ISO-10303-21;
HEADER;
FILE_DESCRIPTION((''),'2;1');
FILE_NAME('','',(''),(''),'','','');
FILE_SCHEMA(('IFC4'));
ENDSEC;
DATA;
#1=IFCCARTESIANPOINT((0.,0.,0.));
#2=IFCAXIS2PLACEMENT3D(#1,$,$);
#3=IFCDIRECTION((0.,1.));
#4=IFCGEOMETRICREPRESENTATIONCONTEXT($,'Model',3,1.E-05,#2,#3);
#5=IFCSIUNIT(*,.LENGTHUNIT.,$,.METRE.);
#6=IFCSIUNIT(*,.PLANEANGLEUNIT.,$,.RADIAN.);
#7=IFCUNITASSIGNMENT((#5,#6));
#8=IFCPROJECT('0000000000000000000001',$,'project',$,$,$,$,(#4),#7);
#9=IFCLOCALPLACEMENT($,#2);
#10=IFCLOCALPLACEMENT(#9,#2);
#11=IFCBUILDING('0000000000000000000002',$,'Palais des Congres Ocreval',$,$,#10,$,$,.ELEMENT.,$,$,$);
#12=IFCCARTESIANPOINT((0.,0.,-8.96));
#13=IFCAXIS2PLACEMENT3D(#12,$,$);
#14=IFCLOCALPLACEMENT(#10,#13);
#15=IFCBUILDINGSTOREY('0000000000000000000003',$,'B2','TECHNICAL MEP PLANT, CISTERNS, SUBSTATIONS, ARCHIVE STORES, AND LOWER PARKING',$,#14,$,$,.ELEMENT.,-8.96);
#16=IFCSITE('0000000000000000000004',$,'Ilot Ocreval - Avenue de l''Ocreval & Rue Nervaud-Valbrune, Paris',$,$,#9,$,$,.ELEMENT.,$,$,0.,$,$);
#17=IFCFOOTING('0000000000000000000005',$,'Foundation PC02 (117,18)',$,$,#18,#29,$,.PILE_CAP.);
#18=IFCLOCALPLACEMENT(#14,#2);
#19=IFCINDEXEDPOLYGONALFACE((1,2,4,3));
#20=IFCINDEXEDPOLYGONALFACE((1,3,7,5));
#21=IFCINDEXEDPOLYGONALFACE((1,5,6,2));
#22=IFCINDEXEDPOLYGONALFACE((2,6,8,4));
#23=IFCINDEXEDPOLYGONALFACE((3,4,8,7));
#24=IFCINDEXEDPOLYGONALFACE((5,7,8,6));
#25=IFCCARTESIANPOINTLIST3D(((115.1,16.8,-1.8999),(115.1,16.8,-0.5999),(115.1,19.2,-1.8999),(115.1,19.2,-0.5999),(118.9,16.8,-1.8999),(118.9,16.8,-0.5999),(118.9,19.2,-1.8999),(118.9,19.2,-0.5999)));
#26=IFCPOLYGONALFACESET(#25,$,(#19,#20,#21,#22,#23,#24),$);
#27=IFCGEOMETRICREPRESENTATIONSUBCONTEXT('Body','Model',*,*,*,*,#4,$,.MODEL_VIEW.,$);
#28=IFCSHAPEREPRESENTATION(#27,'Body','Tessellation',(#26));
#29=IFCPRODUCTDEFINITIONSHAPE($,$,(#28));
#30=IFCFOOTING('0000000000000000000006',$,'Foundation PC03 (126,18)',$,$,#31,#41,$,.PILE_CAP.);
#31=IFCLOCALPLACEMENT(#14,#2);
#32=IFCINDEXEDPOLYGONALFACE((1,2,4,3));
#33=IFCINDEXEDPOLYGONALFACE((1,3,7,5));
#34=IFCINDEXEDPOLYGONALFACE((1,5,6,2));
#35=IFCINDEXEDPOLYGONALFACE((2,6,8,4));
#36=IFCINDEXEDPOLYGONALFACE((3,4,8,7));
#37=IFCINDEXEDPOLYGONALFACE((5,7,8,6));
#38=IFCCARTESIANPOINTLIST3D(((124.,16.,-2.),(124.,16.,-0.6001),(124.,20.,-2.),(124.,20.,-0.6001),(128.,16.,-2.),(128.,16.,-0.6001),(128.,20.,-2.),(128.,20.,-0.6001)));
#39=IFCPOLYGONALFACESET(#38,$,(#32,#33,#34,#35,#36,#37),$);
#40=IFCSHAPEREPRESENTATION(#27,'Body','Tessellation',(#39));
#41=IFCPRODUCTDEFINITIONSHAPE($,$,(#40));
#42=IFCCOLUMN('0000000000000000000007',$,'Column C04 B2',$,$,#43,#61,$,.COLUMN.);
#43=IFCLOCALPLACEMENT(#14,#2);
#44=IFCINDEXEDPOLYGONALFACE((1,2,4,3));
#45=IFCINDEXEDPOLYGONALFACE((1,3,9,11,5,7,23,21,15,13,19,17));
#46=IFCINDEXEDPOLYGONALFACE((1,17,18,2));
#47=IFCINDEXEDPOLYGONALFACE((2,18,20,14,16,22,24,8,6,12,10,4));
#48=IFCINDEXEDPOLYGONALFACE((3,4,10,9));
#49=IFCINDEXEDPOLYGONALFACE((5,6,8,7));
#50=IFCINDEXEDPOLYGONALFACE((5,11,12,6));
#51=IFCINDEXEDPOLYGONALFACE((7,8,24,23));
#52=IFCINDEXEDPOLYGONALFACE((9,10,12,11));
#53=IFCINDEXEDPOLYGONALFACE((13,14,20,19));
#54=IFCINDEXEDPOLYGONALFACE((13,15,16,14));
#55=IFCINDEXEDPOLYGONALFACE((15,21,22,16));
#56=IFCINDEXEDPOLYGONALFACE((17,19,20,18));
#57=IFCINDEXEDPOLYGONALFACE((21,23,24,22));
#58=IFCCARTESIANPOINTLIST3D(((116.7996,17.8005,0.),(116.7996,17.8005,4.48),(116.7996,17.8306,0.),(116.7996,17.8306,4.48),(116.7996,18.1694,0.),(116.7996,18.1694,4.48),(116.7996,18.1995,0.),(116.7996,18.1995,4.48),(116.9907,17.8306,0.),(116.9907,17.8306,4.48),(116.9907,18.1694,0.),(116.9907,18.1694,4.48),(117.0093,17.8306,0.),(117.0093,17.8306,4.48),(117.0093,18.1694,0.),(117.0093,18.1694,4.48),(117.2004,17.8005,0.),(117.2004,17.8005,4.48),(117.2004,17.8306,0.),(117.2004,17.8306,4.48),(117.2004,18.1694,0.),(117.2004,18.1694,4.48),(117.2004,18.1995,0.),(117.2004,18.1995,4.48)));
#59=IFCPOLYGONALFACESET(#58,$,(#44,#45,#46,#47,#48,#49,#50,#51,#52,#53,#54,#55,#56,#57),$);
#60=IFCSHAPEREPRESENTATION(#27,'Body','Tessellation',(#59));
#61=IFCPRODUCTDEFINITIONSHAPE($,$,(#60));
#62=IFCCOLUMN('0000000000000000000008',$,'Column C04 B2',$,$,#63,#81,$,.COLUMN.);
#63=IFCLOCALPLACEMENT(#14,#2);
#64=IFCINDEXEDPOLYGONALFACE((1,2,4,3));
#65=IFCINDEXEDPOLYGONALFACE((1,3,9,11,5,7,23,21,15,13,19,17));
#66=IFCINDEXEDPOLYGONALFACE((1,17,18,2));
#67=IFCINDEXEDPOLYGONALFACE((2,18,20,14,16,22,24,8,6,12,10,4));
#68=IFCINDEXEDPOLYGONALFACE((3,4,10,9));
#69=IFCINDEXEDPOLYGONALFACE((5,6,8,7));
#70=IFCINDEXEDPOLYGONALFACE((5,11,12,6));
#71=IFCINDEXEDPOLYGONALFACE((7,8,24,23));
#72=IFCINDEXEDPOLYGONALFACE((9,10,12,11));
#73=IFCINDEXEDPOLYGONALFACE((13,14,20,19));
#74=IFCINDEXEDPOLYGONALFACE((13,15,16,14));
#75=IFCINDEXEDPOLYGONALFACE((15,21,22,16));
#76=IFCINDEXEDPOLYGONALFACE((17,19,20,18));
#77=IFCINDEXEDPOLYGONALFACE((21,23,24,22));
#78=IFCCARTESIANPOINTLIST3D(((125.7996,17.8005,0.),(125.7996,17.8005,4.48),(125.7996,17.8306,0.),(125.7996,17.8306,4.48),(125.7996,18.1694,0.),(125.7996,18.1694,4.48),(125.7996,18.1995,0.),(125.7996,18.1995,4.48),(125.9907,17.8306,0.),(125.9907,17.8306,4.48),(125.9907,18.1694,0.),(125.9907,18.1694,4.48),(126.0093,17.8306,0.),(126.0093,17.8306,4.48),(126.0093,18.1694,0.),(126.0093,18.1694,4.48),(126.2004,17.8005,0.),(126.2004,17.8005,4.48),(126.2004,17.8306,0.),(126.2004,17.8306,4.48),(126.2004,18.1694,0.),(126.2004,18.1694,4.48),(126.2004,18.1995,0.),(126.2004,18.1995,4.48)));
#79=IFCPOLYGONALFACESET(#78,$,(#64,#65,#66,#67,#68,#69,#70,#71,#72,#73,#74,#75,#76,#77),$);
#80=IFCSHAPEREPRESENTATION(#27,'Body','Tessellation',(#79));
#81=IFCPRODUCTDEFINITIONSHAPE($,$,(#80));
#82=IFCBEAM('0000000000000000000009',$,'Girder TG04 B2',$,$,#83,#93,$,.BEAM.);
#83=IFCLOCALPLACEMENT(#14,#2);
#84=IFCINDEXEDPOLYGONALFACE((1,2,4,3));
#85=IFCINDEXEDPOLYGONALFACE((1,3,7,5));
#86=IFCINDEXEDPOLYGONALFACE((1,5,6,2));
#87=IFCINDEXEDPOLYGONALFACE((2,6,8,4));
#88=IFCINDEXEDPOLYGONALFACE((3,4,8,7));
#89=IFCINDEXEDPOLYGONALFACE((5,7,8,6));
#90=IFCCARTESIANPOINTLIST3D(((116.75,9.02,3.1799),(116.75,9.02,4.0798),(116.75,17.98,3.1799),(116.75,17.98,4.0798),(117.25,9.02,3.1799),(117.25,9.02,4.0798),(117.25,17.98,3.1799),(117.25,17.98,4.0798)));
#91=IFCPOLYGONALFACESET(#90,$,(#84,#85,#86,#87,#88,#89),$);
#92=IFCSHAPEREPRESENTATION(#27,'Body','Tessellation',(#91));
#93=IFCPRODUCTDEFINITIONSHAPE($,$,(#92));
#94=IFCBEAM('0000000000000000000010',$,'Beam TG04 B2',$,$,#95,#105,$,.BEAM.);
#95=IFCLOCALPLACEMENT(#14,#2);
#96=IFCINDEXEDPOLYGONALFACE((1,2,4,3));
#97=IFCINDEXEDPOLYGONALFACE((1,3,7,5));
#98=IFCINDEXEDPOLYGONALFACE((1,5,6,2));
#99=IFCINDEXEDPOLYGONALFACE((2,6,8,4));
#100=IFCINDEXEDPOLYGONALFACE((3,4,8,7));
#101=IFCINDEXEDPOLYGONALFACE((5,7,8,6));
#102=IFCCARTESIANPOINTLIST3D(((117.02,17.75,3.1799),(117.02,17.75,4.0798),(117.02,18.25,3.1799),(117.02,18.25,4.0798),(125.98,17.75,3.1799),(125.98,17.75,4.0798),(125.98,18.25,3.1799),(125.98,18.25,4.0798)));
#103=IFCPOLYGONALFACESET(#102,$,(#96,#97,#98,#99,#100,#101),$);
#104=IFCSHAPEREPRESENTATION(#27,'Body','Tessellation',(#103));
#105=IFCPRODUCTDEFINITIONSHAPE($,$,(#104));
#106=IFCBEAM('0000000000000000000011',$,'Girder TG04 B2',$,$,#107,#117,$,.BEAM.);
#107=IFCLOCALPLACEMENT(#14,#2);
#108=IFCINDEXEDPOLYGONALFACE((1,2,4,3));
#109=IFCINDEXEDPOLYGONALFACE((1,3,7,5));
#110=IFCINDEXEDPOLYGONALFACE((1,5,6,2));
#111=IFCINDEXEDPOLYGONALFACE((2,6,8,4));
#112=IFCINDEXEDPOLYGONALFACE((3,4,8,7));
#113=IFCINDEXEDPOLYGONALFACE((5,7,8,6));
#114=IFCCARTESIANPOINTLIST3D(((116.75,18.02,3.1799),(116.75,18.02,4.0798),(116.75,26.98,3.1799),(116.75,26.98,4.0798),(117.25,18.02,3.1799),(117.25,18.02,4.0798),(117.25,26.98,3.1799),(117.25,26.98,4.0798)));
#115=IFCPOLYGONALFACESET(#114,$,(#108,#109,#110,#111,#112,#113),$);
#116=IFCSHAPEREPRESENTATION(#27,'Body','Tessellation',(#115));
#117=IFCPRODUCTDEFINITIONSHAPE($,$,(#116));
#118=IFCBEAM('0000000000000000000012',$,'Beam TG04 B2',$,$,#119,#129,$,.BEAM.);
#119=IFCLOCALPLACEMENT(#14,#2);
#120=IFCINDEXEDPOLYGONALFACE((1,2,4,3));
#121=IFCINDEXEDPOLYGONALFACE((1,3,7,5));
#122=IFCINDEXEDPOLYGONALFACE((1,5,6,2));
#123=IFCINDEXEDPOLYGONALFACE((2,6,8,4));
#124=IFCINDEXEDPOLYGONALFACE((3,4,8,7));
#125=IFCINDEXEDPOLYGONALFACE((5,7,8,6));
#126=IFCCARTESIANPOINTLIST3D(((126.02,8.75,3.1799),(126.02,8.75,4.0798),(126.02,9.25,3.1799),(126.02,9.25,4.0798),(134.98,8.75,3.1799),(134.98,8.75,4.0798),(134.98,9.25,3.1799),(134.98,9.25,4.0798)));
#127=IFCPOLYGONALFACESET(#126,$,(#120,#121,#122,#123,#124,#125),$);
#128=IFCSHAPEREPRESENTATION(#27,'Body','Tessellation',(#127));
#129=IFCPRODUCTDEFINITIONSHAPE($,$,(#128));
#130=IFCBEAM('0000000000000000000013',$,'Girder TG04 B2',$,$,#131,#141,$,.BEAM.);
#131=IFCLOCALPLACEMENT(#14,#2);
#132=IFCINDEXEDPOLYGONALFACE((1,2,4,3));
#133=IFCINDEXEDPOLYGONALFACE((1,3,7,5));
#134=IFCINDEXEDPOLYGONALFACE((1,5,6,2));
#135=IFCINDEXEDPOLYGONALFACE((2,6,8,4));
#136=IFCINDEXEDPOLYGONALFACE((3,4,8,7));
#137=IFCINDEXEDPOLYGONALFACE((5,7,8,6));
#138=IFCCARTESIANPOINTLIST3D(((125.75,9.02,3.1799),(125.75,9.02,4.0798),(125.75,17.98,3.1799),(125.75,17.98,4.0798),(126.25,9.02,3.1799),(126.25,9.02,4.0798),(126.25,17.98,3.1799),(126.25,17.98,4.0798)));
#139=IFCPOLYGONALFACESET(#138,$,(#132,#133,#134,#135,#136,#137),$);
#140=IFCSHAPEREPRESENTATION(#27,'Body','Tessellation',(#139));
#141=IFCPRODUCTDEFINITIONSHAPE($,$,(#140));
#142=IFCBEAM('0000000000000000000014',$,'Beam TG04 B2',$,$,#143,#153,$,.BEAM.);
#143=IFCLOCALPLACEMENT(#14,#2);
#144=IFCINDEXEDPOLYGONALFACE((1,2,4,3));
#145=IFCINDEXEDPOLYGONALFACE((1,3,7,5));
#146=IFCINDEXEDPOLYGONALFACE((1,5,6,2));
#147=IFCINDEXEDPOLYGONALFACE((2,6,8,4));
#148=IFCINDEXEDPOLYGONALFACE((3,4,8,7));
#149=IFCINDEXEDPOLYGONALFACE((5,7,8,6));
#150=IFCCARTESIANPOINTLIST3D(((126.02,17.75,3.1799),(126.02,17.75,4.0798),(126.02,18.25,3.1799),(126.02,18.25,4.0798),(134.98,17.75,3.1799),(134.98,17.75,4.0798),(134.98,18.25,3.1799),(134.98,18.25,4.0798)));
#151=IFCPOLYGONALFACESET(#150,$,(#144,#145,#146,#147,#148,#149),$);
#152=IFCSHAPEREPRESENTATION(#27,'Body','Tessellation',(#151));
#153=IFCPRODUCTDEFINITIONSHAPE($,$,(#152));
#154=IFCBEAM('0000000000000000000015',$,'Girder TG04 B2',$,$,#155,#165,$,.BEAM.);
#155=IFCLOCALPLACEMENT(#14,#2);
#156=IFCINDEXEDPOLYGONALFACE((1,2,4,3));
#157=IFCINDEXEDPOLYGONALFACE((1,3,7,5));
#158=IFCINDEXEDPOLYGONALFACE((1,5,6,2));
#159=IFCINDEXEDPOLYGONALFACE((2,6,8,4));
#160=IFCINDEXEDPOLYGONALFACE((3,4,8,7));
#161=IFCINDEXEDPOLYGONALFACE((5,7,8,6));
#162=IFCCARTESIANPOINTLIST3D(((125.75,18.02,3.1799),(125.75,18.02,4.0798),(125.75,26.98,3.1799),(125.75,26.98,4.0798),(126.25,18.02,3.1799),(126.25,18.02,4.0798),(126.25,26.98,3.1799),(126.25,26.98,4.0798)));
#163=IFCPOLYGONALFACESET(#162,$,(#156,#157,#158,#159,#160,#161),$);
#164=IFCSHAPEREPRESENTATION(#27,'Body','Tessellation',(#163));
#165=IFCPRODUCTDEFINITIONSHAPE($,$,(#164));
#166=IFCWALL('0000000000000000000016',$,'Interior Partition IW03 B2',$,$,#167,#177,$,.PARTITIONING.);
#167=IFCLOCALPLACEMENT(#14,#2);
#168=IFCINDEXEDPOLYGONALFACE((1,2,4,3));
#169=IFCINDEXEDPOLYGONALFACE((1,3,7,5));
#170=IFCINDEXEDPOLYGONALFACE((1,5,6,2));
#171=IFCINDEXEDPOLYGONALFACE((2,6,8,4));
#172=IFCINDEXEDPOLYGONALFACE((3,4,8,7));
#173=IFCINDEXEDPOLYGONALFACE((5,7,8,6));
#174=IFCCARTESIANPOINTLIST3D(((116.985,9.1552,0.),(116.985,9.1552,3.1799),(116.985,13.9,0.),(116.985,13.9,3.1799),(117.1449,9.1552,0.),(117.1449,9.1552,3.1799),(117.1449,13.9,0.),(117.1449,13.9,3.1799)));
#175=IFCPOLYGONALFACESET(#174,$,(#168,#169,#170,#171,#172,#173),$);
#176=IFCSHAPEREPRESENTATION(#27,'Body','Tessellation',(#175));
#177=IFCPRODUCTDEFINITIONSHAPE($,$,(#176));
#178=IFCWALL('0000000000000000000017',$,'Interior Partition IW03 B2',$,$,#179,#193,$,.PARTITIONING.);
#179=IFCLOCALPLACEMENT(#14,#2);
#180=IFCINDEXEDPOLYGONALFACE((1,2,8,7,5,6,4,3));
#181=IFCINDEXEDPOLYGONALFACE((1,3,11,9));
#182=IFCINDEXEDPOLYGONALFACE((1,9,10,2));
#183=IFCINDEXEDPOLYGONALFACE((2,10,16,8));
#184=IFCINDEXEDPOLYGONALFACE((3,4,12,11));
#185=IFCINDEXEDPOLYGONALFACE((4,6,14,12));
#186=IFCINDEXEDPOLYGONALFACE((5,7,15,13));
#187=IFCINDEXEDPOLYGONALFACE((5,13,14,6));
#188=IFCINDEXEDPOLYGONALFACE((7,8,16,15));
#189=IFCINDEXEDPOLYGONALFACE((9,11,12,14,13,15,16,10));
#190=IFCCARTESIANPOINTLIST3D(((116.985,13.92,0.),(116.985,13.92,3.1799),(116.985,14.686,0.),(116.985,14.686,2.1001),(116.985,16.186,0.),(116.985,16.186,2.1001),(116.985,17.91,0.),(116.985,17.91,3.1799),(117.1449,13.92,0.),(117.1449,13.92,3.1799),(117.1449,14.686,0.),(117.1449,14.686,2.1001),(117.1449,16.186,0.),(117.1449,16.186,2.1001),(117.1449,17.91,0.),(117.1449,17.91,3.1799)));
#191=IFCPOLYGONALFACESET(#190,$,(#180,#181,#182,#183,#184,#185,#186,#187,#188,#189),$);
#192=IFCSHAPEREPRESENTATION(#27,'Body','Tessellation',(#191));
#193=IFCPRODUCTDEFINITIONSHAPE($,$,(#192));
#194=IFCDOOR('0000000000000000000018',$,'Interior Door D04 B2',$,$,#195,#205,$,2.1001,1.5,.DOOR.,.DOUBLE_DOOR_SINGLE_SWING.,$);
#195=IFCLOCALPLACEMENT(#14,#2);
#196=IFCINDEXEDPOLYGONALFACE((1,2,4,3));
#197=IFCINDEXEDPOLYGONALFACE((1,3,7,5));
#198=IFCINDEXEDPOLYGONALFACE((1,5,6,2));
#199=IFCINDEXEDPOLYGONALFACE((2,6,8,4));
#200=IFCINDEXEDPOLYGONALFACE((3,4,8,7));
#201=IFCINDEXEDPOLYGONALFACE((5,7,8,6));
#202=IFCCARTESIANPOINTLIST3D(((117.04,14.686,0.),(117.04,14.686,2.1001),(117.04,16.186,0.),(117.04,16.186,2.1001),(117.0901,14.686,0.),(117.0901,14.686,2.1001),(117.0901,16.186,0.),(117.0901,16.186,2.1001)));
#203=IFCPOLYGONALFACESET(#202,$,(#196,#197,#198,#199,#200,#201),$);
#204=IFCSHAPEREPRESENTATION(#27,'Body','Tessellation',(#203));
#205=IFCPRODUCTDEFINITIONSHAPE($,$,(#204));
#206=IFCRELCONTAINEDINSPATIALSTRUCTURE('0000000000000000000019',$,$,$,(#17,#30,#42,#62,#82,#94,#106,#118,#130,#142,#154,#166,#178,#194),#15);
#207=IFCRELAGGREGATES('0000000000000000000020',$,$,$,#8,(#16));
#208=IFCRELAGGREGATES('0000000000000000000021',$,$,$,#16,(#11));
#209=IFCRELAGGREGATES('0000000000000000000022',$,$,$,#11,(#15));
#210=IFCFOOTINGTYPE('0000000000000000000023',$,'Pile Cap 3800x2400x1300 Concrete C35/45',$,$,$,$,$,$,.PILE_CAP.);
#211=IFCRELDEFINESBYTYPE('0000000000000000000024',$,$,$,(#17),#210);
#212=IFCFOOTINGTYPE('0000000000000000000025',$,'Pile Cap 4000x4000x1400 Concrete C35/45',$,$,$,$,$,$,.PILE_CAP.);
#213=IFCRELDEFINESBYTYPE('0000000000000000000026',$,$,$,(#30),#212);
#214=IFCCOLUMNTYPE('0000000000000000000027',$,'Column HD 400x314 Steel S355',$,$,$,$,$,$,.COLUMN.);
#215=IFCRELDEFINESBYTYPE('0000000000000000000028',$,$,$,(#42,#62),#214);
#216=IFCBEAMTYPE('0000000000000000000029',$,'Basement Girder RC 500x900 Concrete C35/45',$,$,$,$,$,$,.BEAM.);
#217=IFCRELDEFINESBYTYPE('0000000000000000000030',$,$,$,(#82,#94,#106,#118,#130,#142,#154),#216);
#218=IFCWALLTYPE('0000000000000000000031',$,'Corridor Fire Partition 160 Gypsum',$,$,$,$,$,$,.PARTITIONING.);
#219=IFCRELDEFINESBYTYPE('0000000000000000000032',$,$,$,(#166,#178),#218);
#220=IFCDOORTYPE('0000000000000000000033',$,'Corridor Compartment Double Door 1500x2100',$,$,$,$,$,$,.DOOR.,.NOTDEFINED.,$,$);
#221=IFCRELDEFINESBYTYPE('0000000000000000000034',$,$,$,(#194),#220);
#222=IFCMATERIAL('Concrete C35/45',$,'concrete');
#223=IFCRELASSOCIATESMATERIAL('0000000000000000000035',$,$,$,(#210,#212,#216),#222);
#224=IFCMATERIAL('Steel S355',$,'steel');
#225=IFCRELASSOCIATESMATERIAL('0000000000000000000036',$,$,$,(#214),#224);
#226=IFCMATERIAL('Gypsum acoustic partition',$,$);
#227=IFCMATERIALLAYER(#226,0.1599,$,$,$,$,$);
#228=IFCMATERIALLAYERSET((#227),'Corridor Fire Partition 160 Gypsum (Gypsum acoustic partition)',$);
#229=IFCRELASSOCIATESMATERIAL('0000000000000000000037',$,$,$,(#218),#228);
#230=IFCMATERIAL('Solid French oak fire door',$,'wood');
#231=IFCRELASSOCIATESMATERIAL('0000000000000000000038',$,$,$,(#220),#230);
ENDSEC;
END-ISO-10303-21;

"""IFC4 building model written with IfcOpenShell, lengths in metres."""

from ifc_helpers import new_model, si_unit, direction, frame, frame_2d, origin, origin_2d, place, context, subcontext, project, spatial, rectangle, i_section, extrude, material, layer, layer_set, material_profile, profile_set, type_object, element, fill, save


model = new_model("IFC4")

# Units and contexts
model_context = context("Model", 3, precision=1e-05, world=origin(), true_north=direction((0.0, 1.0)))
body_context = subcontext(model_context, "Body", "Model", "MODEL_VIEW")
ifc_project = project(units=[si_unit("LENGTHUNIT", "METRE"), si_unit("PLANEANGLEUNIT", "RADIAN")], contexts=[model_context])

# Site, building, storey
site_placement = place(None, origin())
site = spatial("IfcSite", under=ifc_project, at=site_placement, Name="Ilot Ocreval - Avenue de l'Ocreval & Rue Nervaud-Valbrune, Paris", CompositionType="ELEMENT", RefElevation=0.0)
building_placement = place(site_placement, origin())
building = spatial("IfcBuilding", under=site, at=building_placement, Name="Palais des Congres Ocreval", CompositionType="ELEMENT")
storey_placement = place(building_placement, frame((0.0, 0.0, -8.96)))
storey = spatial("IfcBuildingStorey", under=building, at=storey_placement, Name="B2", Description="TECHNICAL MEP PLANT, CISTERNS, SUBSTATIONS, ARCHIVE STORES, AND LOWER PARKING", CompositionType="ELEMENT", Elevation=-8.96)

# Shared definitions
ifc_material_1 = material(Name="Concrete C35/45", Category="concrete")

# Footings
footing_type_1 = type_object("IfcFootingType", Name="Pile Cap 3800x2400x1300 Concrete C35/45", PredefinedType="PILE_CAP", material=ifc_material_1)
footing_1_placement = place(storey_placement, frame((117.0, 18.0, -1.8999), z_axis=(0.0, 0.0, 1.0), x_axis=(1.0, 0.0, 0.0)))
element("IfcFooting", 1, at=footing_1_placement, inside=storey, type_object=footing_type_1, Name="Foundation PC02 (117,18)", PredefinedType="PILE_CAP", context=body_context, shape_type="SweptSolid", body=[
    extrude(rectangle(XDim=3.8, YDim=2.3999, at=origin_2d()), origin(), (0.0, 0.0, 1.0), 1.3),
])
footing_type_2 = type_object("IfcFootingType", Name="Pile Cap 4000x4000x1400 Concrete C35/45", PredefinedType="PILE_CAP", material=ifc_material_1)
footing_2_placement = place(storey_placement, frame((126.0, 18.0, -2.0), z_axis=(0.0, 0.0, 1.0), x_axis=(1.0, 0.0, 0.0)))
element("IfcFooting", 2, at=footing_2_placement, inside=storey, type_object=footing_type_2, Name="Foundation PC03 (126,18)", PredefinedType="PILE_CAP", context=body_context, shape_type="SweptSolid", body=[
    extrude(rectangle(XDim=4.0, YDim=4.0, at=origin_2d()), origin(), (0.0, 0.0, 1.0), 1.3999),
])

# Columns
ifc_material_2 = material(Name="Steel S355", Category="steel")
ifc_material_profile_1 = material_profile(ifc_material_2, i_section(OverallWidth=0.4009, OverallDepth=0.3989, WebThickness=0.0186, FlangeThickness=0.03, at=origin_2d()), Name="HD 400x314")
ifc_profile_set_1 = profile_set([ifc_material_profile_1], Name="Steel S355")
column_type = type_object("IfcColumnType", Name="Column HD 400x314 Steel S355", PredefinedType="COLUMN", material=ifc_profile_set_1)
for number, where, z_axis, x_axis, name in (
    (3, (117.0, 18.0, 0.0), (0.0, 0.0, 1.0), (1.0, 0.0, 0.0), "Column C04 B2"),
    (4, (126.0, 18.0, 0.0), (0.0, 0.0, 1.0), (1.0, 0.0, 0.0), "Column C04 B2"),
):
    element("IfcColumn", number, at=place(storey_placement, frame(where, z_axis=z_axis, x_axis=x_axis)), inside=storey, type_object=column_type, Name=name, PredefinedType="COLUMN", context=body_context, shape_type="SweptSolid", body=[
        extrude(i_section(OverallWidth=0.4009, OverallDepth=0.3989, WebThickness=0.0186, FlangeThickness=0.03, at=origin_2d()), origin(), (0.0, 0.0, 1.0), 4.48),
    ])

# Beams
ifc_material_profile_2 = material_profile(ifc_material_1, rectangle(XDim=0.5, YDim=0.8999, at=origin_2d()), Name="RC 500x900")
ifc_profile_set_2 = profile_set([ifc_material_profile_2], Name="Concrete C35/45")
beam_type = type_object("IfcBeamType", Name="Basement Girder RC 500x900 Concrete C35/45", PredefinedType="BEAM", material=ifc_profile_set_2)
for number, where, z_axis, x_axis, name in (
    (5, (117.0, 9.02, 3.6299), (0.0, 1.0, 0.0), (-1.0, 0.0, 0.0), "Girder TG04 B2"),
    (6, (117.02, 18.0, 3.6299), (1.0, 0.0, 0.0), (0.0, 1.0, 0.0), "Beam TG04 B2"),
    (7, (117.0, 18.02, 3.6299), (0.0, 1.0, 0.0), (-1.0, 0.0, 0.0), "Girder TG04 B2"),
    (8, (126.02, 9.0, 3.6299), (1.0, 0.0, 0.0), (0.0, 1.0, 0.0), "Beam TG04 B2"),
    (9, (126.0, 9.02, 3.6299), (0.0, 1.0, 0.0), (-1.0, 0.0, 0.0), "Girder TG04 B2"),
    (10, (126.02, 18.0, 3.6299), (1.0, 0.0, 0.0), (0.0, 1.0, 0.0), "Beam TG04 B2"),
    (11, (126.0, 18.02, 3.6299), (0.0, 1.0, 0.0), (-1.0, 0.0, 0.0), "Girder TG04 B2"),
):
    element("IfcBeam", number, at=place(storey_placement, frame(where, z_axis=z_axis, x_axis=x_axis)), inside=storey, type_object=beam_type, Name=name, PredefinedType="BEAM", context=body_context, shape_type="SweptSolid", body=[
        extrude(rectangle(XDim=0.5, YDim=0.8999, at=origin_2d()), origin(), (0.0, 0.0, 1.0), 8.96),
    ])

# Wall
ifc_material_3 = material(Name="Gypsum acoustic partition")
ifc_layer_1 = layer(ifc_material_3, 0.1599)
ifc_layer_set_1 = layer_set([ifc_layer_1], Name="Corridor Fire Partition 160 Gypsum (Gypsum acoustic partition)")
wall_type_1 = type_object("IfcWallType", Name="Corridor Fire Partition 160 Gypsum", PredefinedType="PARTITIONING", material=ifc_layer_set_1)
wall_1_placement = place(storey_placement, frame((117.0649, 9.155, 0.0), z_axis=(0.0, 0.0, 1.0), x_axis=(0.0, 1.0, 0.0)))
element("IfcWall", 12, at=wall_1_placement, inside=storey, type_object=wall_type_1, Name="Interior Partition IW03 B2", PredefinedType="PARTITIONING", context=body_context, shape_type="SweptSolid", body=[
    extrude(rectangle(XDim=4.7449, YDim=0.1599, at=frame_2d((2.3726, 0.0))), origin(), (0.0, 0.0, 1.0), 3.1799),
])

# Wall, opening, door
wall_2_placement = place(storey_placement, frame((117.0649, 13.9199, 0.0), z_axis=(0.0, 0.0, 1.0), x_axis=(0.0, 1.0, 0.0)))
wall_2 = element("IfcWall", 13, at=wall_2_placement, inside=storey, type_object=wall_type_1, Name="Interior Partition IW03 B2", PredefinedType="PARTITIONING", context=body_context, shape_type="SweptSolid", body=[
    extrude(rectangle(XDim=3.99, YDim=0.1599, at=frame_2d((1.9951, 0.0))), origin(), (0.0, 0.0, 1.0), 3.1799),
])
opening_1_placement = place(wall_2_placement, frame((0.7661, 0.0, 0.0)))
opening_1 = element("IfcOpeningElement", 14, at=opening_1_placement, cuts=wall_2, PredefinedType="OPENING", context=body_context, shape_type="SweptSolid", body=[
    extrude(rectangle(XDim=1.5, YDim=2.1001, at=frame_2d((0.75, 1.05))), frame((0.0, 0.0898, 0.0), z_axis=(0.0, -1.0, 0.0), x_axis=(1.0, 0.0, 0.0)), (0.0, 0.0, 1.0), 0.1799),
])
ifc_material_4 = material(Name="Solid French oak fire door", Category="wood")
door_type_1 = type_object("IfcDoorType", Name="Corridor Compartment Double Door 1500x2100", OperationType="NOTDEFINED", PredefinedType="DOOR", material=ifc_material_4)
door_1_placement = place(opening_1_placement, origin())
door_1 = element("IfcDoor", 15, at=door_1_placement, inside=storey, type_object=door_type_1, Name="Interior Door D04 B2", OperationType="DOUBLE_DOOR_SINGLE_SWING", OverallHeight=2.1001, OverallWidth=1.5, PredefinedType="DOOR", context=body_context, shape_type="SweptSolid", body=[
    extrude(rectangle(XDim=1.5, YDim=2.1001, at=frame_2d((0.75, 1.05))), frame((0.0, 0.0249, 0.0), z_axis=(0.0, -1.0, 0.0), x_axis=(1.0, 0.0, 0.0)), (0.0, 0.0, 1.0), 0.05),
])
fill(opening_1, door_1)

save(model, "model.ifc")
